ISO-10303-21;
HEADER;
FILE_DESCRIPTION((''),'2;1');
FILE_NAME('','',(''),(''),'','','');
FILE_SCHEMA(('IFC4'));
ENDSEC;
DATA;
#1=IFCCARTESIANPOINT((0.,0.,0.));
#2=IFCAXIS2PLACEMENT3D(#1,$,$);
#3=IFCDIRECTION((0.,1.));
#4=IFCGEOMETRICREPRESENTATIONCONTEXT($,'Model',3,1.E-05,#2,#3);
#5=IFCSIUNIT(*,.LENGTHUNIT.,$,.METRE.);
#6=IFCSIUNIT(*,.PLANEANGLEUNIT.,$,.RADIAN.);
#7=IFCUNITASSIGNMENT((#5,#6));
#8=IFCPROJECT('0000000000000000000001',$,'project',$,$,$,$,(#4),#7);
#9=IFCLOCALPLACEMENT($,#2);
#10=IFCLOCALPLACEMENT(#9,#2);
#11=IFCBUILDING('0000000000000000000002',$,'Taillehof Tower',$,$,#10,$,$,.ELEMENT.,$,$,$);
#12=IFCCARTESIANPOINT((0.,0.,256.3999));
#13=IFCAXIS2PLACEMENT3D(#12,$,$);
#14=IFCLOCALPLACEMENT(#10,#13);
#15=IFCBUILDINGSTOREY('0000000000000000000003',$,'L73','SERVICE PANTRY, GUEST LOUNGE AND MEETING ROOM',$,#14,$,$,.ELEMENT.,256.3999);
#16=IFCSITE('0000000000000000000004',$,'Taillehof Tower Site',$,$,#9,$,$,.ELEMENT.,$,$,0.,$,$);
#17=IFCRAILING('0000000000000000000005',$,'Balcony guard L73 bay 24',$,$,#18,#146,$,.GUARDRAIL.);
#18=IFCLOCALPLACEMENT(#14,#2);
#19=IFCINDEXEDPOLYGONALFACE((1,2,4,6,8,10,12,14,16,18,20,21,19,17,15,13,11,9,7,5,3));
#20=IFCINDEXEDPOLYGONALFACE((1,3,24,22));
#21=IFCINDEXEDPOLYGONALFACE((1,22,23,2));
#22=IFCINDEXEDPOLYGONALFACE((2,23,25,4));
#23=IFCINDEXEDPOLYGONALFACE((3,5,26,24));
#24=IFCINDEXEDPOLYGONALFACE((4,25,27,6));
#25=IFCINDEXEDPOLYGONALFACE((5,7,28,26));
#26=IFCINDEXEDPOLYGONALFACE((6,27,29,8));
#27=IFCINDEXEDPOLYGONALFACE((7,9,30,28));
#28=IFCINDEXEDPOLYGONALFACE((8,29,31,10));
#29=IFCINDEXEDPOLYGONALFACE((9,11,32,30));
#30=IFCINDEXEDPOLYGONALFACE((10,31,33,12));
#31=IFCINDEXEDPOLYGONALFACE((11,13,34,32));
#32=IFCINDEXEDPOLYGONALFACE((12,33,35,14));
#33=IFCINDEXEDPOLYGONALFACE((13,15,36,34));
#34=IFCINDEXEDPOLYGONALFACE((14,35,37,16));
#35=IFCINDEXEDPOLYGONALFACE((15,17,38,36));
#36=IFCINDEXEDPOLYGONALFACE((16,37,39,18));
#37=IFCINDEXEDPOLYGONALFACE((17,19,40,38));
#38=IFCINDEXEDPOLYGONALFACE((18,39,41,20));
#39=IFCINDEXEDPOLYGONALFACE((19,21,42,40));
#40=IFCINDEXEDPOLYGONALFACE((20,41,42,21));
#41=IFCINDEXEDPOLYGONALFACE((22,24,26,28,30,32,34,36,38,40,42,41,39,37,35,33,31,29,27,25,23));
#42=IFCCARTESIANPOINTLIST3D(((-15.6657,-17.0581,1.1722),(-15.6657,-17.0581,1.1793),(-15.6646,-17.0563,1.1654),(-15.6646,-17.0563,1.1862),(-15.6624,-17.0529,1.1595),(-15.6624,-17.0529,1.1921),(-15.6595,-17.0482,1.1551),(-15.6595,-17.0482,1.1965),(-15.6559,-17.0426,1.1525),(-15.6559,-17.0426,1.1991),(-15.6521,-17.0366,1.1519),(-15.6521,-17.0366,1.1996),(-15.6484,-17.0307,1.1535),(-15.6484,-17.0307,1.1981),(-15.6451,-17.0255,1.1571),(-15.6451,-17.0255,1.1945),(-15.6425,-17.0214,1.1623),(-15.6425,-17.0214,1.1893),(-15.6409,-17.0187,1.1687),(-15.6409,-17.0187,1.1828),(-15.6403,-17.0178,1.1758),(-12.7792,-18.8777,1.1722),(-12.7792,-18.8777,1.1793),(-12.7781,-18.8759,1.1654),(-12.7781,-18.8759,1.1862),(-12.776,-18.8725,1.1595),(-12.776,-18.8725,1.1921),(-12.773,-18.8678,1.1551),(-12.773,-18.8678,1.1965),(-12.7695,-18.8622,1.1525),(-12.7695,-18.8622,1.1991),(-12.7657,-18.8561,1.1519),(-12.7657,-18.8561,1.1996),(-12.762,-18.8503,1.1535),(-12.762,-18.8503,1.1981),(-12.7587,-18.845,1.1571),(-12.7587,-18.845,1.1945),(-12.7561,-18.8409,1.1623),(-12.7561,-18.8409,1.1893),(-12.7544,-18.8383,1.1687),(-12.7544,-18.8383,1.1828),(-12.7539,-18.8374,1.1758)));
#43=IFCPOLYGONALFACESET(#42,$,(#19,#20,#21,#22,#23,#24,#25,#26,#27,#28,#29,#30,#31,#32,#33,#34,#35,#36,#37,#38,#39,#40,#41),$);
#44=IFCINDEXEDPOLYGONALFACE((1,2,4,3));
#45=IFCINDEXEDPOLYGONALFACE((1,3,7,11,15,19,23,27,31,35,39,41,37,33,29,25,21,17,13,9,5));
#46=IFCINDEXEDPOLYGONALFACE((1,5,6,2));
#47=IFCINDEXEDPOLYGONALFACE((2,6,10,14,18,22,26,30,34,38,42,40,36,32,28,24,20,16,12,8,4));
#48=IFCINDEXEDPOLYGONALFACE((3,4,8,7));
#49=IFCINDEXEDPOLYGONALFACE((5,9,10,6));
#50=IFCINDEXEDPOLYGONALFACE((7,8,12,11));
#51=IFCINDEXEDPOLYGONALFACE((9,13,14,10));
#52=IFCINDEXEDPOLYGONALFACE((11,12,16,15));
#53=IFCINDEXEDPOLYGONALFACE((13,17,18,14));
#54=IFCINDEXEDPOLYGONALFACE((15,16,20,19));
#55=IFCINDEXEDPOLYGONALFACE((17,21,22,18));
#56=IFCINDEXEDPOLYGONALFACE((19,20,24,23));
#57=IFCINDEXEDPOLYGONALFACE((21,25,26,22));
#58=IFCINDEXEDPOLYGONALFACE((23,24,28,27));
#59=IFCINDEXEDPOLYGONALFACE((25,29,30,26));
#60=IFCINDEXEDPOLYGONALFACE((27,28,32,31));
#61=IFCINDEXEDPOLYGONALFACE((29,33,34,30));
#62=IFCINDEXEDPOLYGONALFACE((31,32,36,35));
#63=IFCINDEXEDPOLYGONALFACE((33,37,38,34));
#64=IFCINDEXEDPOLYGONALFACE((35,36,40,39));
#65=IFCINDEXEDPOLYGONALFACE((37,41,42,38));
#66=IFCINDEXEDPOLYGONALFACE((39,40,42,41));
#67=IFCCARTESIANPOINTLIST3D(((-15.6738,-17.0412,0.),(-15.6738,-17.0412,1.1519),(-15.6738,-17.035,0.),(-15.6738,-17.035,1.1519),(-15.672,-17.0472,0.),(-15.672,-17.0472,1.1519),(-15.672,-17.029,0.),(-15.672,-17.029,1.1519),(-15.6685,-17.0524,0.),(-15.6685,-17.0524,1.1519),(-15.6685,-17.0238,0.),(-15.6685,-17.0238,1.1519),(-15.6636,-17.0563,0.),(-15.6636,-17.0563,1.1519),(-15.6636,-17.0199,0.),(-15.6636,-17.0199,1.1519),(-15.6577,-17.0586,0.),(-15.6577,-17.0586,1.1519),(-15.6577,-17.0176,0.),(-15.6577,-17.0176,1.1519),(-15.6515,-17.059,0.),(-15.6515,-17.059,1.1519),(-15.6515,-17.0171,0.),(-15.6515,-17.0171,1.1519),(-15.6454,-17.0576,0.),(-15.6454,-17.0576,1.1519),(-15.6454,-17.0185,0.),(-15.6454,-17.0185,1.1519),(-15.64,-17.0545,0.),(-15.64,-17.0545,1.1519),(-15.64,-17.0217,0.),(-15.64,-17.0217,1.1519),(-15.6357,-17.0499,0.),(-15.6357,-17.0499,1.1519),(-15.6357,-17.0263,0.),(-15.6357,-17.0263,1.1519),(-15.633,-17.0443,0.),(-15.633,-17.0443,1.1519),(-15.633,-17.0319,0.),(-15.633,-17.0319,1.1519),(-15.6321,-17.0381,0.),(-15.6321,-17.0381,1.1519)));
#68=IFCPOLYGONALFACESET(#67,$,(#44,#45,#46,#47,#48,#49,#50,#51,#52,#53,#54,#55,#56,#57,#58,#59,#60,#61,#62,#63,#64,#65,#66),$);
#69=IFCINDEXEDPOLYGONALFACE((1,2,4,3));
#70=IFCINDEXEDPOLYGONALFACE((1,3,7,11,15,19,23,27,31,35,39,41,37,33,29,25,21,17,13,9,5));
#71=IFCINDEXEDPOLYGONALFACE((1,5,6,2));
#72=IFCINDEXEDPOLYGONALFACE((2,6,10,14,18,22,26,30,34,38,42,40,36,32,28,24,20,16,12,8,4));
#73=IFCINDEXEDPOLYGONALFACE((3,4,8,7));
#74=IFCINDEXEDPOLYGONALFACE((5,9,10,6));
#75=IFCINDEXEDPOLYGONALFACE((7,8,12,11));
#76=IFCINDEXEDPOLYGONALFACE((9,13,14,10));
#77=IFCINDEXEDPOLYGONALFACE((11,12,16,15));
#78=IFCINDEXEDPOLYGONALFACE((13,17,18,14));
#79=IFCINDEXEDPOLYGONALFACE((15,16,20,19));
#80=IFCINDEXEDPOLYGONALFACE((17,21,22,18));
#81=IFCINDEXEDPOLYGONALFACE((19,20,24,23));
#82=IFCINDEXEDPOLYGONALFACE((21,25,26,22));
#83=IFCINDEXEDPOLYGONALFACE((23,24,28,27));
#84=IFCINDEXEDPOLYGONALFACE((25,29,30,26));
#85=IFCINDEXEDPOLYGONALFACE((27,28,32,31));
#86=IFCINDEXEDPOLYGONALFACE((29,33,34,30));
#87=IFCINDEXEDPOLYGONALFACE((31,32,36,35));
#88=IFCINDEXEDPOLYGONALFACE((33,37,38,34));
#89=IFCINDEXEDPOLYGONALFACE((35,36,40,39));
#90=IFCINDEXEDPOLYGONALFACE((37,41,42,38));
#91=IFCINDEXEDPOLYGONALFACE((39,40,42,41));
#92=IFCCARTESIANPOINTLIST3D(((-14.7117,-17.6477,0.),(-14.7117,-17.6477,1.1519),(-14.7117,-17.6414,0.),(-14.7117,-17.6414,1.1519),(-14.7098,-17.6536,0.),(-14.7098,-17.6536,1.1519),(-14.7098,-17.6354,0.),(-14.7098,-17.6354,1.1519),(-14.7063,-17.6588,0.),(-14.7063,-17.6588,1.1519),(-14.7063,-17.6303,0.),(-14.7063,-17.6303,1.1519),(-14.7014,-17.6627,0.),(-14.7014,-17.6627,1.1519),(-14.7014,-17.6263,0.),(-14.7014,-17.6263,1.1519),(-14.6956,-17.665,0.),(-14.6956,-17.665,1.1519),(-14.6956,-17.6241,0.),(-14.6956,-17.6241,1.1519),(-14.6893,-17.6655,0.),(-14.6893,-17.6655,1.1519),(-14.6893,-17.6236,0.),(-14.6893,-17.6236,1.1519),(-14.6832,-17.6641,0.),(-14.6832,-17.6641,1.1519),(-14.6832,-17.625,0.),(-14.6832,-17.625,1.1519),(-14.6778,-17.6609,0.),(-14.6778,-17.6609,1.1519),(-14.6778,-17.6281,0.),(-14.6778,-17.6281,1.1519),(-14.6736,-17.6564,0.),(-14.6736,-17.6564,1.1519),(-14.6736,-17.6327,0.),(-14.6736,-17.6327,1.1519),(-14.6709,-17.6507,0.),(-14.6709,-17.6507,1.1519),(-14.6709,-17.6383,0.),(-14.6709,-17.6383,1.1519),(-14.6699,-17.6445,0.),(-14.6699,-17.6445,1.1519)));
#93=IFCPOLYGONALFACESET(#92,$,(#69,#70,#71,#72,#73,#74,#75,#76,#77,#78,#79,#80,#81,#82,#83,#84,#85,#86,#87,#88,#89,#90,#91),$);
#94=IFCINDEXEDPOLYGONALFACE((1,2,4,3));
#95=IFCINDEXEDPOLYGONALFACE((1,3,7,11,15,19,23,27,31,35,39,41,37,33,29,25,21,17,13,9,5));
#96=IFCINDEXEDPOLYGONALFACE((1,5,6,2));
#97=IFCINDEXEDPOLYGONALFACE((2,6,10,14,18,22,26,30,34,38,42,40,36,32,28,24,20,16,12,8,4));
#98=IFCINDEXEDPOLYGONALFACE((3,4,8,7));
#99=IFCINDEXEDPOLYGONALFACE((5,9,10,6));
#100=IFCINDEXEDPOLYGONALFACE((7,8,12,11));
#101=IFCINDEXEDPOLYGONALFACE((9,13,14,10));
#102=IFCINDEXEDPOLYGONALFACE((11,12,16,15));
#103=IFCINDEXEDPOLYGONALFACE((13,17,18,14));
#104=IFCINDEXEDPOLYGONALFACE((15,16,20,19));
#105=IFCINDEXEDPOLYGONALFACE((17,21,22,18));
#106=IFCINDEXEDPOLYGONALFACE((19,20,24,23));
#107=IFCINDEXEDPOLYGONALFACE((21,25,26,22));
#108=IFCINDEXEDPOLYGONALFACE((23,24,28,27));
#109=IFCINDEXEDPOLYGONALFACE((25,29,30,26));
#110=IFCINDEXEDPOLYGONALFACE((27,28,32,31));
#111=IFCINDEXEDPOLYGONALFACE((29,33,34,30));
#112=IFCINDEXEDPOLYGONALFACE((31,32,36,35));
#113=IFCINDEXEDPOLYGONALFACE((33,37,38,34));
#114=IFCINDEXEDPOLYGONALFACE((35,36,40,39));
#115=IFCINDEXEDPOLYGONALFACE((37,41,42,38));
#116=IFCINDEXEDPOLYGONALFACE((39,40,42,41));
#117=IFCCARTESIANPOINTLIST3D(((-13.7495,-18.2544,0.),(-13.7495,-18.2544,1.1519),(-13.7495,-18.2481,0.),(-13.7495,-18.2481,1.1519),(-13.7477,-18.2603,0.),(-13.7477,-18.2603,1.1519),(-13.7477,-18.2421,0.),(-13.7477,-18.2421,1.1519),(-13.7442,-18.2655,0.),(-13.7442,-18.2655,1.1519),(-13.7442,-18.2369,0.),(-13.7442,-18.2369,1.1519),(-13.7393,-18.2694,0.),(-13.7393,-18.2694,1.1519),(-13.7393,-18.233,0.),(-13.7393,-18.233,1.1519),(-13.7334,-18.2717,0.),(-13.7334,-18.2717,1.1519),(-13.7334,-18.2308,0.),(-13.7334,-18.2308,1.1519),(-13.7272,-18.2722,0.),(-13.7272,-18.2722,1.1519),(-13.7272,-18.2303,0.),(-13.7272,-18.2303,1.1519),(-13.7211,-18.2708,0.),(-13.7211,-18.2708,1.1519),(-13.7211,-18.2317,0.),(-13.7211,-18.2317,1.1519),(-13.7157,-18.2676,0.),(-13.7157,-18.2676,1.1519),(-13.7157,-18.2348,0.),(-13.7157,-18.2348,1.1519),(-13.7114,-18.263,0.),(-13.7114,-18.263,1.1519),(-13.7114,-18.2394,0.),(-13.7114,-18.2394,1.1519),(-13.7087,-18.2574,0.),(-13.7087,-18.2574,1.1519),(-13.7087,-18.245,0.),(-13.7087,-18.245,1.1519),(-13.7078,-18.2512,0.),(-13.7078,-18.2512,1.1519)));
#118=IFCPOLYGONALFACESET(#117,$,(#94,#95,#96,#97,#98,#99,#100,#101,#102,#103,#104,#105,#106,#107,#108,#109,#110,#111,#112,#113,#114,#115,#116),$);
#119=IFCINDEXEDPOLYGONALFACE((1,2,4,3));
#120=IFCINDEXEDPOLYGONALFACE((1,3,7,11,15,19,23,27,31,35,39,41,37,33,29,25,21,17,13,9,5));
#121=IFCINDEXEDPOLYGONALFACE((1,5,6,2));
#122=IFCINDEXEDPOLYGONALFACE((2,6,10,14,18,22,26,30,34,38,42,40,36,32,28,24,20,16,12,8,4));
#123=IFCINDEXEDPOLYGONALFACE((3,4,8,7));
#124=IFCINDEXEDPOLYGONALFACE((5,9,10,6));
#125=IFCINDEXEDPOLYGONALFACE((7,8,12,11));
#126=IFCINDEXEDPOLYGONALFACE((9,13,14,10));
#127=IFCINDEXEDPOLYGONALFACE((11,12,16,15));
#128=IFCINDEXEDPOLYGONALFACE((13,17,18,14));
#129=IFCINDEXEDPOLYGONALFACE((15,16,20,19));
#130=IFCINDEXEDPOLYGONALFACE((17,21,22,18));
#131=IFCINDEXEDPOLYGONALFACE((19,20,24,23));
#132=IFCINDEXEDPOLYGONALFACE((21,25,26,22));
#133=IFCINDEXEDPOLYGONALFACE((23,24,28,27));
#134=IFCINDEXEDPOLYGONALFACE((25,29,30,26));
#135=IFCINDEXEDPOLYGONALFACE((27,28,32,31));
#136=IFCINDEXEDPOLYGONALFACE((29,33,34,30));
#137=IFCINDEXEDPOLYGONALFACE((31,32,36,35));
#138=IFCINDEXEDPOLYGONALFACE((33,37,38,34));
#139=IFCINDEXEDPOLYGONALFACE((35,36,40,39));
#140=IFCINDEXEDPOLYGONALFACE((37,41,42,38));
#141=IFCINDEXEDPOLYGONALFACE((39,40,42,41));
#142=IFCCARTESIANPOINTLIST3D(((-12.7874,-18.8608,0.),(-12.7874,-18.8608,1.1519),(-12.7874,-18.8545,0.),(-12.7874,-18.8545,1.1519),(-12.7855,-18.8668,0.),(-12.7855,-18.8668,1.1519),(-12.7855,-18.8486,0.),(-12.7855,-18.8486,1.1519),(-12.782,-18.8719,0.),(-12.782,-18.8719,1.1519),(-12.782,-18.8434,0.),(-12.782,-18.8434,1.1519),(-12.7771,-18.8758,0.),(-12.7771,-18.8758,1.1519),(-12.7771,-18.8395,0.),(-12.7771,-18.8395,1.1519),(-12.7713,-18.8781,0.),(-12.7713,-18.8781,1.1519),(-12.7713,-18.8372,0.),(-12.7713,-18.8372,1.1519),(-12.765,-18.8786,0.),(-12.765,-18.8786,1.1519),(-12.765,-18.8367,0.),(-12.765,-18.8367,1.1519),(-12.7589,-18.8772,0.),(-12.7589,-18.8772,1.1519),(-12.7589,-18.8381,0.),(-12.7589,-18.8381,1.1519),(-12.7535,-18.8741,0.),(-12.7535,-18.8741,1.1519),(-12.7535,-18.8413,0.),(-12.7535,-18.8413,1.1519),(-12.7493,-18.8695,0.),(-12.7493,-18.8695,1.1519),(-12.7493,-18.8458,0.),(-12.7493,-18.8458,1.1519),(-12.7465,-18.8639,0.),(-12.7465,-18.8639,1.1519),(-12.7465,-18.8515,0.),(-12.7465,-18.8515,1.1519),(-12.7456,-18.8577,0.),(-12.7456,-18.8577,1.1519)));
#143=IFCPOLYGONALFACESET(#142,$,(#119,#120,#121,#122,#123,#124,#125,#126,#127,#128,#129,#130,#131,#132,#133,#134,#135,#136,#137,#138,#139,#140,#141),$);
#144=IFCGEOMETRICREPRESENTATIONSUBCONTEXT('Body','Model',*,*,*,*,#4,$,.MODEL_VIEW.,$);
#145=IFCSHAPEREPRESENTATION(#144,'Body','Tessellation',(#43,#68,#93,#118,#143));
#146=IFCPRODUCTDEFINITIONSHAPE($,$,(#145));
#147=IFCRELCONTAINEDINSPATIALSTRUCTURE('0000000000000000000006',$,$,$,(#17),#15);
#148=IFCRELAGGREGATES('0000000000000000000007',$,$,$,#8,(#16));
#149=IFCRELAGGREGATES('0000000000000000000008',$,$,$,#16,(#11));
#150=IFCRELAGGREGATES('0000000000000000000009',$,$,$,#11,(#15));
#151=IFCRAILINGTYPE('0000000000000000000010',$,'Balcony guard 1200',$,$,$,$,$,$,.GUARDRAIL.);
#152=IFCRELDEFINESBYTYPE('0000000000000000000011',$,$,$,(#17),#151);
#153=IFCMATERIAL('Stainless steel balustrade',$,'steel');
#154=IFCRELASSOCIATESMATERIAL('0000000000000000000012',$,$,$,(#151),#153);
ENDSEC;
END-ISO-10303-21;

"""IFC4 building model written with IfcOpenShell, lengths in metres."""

from ifc_helpers import new_model, si_unit, direction, frame, origin, origin_2d, place, context, subcontext, project, spatial, circle, extrude, material, type_object, element, save


model = new_model("IFC4")

# Units and contexts
model_context = context("Model", 3, precision=1e-05, world=origin(), true_north=direction((0.0, 1.0)))
body_context = subcontext(model_context, "Body", "Model", "MODEL_VIEW")
ifc_project = project(units=[si_unit("LENGTHUNIT", "METRE"), si_unit("PLANEANGLEUNIT", "RADIAN")], contexts=[model_context])

# Site, building, storey
site_placement = place(None, origin())
site = spatial("IfcSite", under=ifc_project, at=site_placement, Name="Taillehof Tower Site", CompositionType="ELEMENT", RefElevation=0.0)
building_placement = place(site_placement, origin())
building = spatial("IfcBuilding", under=site, at=building_placement, Name="Taillehof Tower", CompositionType="ELEMENT")
storey_placement = place(building_placement, frame((0.0, 0.0, 256.3999)))
storey = spatial("IfcBuildingStorey", under=building, at=storey_placement, Name="L73", Description="SERVICE PANTRY, GUEST LOUNGE AND MEETING ROOM", CompositionType="ELEMENT", Elevation=256.3999)

# Railing
ifc_material_1 = material(Name="Stainless steel balustrade", Category="steel")
railing_type_1 = type_object("IfcRailingType", Name="Balcony guard 1200", PredefinedType="GUARDRAIL", material=ifc_material_1)
railing_1_placement = place(storey_placement, frame((-15.6531, -17.0381, 0.0)))
element("IfcRailing", 1, at=railing_1_placement, inside=storey, type_object=railing_type_1, Name="Balcony guard L73 bay 24", PredefinedType="GUARDRAIL", context=body_context, shape_type="SweptSolid", body=[
    extrude(circle(Radius=0.0239, at=origin_2d()), frame((0.0, 0.0, 1.1758), z_axis=(0.845946, -0.533269, 0.0), x_axis=(0.533269, 0.845946, 0.0)), (0.0, 0.0, 1.0), 3.4121),
    extrude(circle(Radius=0.021, at=origin_2d()), origin(), (0.0, 0.0, 1.0), 1.1519),
    extrude(circle(Radius=0.021, at=origin_2d()), frame((0.9622, -0.6064, 0.0)), (0.0, 0.0, 1.0), 1.1519),
    extrude(circle(Radius=0.021, at=origin_2d()), frame((1.9243, -1.2131, 0.0)), (0.0, 0.0, 1.0), 1.1519),
    extrude(circle(Radius=0.021, at=origin_2d()), frame((2.8865, -1.8196, 0.0)), (0.0, 0.0, 1.0), 1.1519),
])

save(model, "model.ifc")
